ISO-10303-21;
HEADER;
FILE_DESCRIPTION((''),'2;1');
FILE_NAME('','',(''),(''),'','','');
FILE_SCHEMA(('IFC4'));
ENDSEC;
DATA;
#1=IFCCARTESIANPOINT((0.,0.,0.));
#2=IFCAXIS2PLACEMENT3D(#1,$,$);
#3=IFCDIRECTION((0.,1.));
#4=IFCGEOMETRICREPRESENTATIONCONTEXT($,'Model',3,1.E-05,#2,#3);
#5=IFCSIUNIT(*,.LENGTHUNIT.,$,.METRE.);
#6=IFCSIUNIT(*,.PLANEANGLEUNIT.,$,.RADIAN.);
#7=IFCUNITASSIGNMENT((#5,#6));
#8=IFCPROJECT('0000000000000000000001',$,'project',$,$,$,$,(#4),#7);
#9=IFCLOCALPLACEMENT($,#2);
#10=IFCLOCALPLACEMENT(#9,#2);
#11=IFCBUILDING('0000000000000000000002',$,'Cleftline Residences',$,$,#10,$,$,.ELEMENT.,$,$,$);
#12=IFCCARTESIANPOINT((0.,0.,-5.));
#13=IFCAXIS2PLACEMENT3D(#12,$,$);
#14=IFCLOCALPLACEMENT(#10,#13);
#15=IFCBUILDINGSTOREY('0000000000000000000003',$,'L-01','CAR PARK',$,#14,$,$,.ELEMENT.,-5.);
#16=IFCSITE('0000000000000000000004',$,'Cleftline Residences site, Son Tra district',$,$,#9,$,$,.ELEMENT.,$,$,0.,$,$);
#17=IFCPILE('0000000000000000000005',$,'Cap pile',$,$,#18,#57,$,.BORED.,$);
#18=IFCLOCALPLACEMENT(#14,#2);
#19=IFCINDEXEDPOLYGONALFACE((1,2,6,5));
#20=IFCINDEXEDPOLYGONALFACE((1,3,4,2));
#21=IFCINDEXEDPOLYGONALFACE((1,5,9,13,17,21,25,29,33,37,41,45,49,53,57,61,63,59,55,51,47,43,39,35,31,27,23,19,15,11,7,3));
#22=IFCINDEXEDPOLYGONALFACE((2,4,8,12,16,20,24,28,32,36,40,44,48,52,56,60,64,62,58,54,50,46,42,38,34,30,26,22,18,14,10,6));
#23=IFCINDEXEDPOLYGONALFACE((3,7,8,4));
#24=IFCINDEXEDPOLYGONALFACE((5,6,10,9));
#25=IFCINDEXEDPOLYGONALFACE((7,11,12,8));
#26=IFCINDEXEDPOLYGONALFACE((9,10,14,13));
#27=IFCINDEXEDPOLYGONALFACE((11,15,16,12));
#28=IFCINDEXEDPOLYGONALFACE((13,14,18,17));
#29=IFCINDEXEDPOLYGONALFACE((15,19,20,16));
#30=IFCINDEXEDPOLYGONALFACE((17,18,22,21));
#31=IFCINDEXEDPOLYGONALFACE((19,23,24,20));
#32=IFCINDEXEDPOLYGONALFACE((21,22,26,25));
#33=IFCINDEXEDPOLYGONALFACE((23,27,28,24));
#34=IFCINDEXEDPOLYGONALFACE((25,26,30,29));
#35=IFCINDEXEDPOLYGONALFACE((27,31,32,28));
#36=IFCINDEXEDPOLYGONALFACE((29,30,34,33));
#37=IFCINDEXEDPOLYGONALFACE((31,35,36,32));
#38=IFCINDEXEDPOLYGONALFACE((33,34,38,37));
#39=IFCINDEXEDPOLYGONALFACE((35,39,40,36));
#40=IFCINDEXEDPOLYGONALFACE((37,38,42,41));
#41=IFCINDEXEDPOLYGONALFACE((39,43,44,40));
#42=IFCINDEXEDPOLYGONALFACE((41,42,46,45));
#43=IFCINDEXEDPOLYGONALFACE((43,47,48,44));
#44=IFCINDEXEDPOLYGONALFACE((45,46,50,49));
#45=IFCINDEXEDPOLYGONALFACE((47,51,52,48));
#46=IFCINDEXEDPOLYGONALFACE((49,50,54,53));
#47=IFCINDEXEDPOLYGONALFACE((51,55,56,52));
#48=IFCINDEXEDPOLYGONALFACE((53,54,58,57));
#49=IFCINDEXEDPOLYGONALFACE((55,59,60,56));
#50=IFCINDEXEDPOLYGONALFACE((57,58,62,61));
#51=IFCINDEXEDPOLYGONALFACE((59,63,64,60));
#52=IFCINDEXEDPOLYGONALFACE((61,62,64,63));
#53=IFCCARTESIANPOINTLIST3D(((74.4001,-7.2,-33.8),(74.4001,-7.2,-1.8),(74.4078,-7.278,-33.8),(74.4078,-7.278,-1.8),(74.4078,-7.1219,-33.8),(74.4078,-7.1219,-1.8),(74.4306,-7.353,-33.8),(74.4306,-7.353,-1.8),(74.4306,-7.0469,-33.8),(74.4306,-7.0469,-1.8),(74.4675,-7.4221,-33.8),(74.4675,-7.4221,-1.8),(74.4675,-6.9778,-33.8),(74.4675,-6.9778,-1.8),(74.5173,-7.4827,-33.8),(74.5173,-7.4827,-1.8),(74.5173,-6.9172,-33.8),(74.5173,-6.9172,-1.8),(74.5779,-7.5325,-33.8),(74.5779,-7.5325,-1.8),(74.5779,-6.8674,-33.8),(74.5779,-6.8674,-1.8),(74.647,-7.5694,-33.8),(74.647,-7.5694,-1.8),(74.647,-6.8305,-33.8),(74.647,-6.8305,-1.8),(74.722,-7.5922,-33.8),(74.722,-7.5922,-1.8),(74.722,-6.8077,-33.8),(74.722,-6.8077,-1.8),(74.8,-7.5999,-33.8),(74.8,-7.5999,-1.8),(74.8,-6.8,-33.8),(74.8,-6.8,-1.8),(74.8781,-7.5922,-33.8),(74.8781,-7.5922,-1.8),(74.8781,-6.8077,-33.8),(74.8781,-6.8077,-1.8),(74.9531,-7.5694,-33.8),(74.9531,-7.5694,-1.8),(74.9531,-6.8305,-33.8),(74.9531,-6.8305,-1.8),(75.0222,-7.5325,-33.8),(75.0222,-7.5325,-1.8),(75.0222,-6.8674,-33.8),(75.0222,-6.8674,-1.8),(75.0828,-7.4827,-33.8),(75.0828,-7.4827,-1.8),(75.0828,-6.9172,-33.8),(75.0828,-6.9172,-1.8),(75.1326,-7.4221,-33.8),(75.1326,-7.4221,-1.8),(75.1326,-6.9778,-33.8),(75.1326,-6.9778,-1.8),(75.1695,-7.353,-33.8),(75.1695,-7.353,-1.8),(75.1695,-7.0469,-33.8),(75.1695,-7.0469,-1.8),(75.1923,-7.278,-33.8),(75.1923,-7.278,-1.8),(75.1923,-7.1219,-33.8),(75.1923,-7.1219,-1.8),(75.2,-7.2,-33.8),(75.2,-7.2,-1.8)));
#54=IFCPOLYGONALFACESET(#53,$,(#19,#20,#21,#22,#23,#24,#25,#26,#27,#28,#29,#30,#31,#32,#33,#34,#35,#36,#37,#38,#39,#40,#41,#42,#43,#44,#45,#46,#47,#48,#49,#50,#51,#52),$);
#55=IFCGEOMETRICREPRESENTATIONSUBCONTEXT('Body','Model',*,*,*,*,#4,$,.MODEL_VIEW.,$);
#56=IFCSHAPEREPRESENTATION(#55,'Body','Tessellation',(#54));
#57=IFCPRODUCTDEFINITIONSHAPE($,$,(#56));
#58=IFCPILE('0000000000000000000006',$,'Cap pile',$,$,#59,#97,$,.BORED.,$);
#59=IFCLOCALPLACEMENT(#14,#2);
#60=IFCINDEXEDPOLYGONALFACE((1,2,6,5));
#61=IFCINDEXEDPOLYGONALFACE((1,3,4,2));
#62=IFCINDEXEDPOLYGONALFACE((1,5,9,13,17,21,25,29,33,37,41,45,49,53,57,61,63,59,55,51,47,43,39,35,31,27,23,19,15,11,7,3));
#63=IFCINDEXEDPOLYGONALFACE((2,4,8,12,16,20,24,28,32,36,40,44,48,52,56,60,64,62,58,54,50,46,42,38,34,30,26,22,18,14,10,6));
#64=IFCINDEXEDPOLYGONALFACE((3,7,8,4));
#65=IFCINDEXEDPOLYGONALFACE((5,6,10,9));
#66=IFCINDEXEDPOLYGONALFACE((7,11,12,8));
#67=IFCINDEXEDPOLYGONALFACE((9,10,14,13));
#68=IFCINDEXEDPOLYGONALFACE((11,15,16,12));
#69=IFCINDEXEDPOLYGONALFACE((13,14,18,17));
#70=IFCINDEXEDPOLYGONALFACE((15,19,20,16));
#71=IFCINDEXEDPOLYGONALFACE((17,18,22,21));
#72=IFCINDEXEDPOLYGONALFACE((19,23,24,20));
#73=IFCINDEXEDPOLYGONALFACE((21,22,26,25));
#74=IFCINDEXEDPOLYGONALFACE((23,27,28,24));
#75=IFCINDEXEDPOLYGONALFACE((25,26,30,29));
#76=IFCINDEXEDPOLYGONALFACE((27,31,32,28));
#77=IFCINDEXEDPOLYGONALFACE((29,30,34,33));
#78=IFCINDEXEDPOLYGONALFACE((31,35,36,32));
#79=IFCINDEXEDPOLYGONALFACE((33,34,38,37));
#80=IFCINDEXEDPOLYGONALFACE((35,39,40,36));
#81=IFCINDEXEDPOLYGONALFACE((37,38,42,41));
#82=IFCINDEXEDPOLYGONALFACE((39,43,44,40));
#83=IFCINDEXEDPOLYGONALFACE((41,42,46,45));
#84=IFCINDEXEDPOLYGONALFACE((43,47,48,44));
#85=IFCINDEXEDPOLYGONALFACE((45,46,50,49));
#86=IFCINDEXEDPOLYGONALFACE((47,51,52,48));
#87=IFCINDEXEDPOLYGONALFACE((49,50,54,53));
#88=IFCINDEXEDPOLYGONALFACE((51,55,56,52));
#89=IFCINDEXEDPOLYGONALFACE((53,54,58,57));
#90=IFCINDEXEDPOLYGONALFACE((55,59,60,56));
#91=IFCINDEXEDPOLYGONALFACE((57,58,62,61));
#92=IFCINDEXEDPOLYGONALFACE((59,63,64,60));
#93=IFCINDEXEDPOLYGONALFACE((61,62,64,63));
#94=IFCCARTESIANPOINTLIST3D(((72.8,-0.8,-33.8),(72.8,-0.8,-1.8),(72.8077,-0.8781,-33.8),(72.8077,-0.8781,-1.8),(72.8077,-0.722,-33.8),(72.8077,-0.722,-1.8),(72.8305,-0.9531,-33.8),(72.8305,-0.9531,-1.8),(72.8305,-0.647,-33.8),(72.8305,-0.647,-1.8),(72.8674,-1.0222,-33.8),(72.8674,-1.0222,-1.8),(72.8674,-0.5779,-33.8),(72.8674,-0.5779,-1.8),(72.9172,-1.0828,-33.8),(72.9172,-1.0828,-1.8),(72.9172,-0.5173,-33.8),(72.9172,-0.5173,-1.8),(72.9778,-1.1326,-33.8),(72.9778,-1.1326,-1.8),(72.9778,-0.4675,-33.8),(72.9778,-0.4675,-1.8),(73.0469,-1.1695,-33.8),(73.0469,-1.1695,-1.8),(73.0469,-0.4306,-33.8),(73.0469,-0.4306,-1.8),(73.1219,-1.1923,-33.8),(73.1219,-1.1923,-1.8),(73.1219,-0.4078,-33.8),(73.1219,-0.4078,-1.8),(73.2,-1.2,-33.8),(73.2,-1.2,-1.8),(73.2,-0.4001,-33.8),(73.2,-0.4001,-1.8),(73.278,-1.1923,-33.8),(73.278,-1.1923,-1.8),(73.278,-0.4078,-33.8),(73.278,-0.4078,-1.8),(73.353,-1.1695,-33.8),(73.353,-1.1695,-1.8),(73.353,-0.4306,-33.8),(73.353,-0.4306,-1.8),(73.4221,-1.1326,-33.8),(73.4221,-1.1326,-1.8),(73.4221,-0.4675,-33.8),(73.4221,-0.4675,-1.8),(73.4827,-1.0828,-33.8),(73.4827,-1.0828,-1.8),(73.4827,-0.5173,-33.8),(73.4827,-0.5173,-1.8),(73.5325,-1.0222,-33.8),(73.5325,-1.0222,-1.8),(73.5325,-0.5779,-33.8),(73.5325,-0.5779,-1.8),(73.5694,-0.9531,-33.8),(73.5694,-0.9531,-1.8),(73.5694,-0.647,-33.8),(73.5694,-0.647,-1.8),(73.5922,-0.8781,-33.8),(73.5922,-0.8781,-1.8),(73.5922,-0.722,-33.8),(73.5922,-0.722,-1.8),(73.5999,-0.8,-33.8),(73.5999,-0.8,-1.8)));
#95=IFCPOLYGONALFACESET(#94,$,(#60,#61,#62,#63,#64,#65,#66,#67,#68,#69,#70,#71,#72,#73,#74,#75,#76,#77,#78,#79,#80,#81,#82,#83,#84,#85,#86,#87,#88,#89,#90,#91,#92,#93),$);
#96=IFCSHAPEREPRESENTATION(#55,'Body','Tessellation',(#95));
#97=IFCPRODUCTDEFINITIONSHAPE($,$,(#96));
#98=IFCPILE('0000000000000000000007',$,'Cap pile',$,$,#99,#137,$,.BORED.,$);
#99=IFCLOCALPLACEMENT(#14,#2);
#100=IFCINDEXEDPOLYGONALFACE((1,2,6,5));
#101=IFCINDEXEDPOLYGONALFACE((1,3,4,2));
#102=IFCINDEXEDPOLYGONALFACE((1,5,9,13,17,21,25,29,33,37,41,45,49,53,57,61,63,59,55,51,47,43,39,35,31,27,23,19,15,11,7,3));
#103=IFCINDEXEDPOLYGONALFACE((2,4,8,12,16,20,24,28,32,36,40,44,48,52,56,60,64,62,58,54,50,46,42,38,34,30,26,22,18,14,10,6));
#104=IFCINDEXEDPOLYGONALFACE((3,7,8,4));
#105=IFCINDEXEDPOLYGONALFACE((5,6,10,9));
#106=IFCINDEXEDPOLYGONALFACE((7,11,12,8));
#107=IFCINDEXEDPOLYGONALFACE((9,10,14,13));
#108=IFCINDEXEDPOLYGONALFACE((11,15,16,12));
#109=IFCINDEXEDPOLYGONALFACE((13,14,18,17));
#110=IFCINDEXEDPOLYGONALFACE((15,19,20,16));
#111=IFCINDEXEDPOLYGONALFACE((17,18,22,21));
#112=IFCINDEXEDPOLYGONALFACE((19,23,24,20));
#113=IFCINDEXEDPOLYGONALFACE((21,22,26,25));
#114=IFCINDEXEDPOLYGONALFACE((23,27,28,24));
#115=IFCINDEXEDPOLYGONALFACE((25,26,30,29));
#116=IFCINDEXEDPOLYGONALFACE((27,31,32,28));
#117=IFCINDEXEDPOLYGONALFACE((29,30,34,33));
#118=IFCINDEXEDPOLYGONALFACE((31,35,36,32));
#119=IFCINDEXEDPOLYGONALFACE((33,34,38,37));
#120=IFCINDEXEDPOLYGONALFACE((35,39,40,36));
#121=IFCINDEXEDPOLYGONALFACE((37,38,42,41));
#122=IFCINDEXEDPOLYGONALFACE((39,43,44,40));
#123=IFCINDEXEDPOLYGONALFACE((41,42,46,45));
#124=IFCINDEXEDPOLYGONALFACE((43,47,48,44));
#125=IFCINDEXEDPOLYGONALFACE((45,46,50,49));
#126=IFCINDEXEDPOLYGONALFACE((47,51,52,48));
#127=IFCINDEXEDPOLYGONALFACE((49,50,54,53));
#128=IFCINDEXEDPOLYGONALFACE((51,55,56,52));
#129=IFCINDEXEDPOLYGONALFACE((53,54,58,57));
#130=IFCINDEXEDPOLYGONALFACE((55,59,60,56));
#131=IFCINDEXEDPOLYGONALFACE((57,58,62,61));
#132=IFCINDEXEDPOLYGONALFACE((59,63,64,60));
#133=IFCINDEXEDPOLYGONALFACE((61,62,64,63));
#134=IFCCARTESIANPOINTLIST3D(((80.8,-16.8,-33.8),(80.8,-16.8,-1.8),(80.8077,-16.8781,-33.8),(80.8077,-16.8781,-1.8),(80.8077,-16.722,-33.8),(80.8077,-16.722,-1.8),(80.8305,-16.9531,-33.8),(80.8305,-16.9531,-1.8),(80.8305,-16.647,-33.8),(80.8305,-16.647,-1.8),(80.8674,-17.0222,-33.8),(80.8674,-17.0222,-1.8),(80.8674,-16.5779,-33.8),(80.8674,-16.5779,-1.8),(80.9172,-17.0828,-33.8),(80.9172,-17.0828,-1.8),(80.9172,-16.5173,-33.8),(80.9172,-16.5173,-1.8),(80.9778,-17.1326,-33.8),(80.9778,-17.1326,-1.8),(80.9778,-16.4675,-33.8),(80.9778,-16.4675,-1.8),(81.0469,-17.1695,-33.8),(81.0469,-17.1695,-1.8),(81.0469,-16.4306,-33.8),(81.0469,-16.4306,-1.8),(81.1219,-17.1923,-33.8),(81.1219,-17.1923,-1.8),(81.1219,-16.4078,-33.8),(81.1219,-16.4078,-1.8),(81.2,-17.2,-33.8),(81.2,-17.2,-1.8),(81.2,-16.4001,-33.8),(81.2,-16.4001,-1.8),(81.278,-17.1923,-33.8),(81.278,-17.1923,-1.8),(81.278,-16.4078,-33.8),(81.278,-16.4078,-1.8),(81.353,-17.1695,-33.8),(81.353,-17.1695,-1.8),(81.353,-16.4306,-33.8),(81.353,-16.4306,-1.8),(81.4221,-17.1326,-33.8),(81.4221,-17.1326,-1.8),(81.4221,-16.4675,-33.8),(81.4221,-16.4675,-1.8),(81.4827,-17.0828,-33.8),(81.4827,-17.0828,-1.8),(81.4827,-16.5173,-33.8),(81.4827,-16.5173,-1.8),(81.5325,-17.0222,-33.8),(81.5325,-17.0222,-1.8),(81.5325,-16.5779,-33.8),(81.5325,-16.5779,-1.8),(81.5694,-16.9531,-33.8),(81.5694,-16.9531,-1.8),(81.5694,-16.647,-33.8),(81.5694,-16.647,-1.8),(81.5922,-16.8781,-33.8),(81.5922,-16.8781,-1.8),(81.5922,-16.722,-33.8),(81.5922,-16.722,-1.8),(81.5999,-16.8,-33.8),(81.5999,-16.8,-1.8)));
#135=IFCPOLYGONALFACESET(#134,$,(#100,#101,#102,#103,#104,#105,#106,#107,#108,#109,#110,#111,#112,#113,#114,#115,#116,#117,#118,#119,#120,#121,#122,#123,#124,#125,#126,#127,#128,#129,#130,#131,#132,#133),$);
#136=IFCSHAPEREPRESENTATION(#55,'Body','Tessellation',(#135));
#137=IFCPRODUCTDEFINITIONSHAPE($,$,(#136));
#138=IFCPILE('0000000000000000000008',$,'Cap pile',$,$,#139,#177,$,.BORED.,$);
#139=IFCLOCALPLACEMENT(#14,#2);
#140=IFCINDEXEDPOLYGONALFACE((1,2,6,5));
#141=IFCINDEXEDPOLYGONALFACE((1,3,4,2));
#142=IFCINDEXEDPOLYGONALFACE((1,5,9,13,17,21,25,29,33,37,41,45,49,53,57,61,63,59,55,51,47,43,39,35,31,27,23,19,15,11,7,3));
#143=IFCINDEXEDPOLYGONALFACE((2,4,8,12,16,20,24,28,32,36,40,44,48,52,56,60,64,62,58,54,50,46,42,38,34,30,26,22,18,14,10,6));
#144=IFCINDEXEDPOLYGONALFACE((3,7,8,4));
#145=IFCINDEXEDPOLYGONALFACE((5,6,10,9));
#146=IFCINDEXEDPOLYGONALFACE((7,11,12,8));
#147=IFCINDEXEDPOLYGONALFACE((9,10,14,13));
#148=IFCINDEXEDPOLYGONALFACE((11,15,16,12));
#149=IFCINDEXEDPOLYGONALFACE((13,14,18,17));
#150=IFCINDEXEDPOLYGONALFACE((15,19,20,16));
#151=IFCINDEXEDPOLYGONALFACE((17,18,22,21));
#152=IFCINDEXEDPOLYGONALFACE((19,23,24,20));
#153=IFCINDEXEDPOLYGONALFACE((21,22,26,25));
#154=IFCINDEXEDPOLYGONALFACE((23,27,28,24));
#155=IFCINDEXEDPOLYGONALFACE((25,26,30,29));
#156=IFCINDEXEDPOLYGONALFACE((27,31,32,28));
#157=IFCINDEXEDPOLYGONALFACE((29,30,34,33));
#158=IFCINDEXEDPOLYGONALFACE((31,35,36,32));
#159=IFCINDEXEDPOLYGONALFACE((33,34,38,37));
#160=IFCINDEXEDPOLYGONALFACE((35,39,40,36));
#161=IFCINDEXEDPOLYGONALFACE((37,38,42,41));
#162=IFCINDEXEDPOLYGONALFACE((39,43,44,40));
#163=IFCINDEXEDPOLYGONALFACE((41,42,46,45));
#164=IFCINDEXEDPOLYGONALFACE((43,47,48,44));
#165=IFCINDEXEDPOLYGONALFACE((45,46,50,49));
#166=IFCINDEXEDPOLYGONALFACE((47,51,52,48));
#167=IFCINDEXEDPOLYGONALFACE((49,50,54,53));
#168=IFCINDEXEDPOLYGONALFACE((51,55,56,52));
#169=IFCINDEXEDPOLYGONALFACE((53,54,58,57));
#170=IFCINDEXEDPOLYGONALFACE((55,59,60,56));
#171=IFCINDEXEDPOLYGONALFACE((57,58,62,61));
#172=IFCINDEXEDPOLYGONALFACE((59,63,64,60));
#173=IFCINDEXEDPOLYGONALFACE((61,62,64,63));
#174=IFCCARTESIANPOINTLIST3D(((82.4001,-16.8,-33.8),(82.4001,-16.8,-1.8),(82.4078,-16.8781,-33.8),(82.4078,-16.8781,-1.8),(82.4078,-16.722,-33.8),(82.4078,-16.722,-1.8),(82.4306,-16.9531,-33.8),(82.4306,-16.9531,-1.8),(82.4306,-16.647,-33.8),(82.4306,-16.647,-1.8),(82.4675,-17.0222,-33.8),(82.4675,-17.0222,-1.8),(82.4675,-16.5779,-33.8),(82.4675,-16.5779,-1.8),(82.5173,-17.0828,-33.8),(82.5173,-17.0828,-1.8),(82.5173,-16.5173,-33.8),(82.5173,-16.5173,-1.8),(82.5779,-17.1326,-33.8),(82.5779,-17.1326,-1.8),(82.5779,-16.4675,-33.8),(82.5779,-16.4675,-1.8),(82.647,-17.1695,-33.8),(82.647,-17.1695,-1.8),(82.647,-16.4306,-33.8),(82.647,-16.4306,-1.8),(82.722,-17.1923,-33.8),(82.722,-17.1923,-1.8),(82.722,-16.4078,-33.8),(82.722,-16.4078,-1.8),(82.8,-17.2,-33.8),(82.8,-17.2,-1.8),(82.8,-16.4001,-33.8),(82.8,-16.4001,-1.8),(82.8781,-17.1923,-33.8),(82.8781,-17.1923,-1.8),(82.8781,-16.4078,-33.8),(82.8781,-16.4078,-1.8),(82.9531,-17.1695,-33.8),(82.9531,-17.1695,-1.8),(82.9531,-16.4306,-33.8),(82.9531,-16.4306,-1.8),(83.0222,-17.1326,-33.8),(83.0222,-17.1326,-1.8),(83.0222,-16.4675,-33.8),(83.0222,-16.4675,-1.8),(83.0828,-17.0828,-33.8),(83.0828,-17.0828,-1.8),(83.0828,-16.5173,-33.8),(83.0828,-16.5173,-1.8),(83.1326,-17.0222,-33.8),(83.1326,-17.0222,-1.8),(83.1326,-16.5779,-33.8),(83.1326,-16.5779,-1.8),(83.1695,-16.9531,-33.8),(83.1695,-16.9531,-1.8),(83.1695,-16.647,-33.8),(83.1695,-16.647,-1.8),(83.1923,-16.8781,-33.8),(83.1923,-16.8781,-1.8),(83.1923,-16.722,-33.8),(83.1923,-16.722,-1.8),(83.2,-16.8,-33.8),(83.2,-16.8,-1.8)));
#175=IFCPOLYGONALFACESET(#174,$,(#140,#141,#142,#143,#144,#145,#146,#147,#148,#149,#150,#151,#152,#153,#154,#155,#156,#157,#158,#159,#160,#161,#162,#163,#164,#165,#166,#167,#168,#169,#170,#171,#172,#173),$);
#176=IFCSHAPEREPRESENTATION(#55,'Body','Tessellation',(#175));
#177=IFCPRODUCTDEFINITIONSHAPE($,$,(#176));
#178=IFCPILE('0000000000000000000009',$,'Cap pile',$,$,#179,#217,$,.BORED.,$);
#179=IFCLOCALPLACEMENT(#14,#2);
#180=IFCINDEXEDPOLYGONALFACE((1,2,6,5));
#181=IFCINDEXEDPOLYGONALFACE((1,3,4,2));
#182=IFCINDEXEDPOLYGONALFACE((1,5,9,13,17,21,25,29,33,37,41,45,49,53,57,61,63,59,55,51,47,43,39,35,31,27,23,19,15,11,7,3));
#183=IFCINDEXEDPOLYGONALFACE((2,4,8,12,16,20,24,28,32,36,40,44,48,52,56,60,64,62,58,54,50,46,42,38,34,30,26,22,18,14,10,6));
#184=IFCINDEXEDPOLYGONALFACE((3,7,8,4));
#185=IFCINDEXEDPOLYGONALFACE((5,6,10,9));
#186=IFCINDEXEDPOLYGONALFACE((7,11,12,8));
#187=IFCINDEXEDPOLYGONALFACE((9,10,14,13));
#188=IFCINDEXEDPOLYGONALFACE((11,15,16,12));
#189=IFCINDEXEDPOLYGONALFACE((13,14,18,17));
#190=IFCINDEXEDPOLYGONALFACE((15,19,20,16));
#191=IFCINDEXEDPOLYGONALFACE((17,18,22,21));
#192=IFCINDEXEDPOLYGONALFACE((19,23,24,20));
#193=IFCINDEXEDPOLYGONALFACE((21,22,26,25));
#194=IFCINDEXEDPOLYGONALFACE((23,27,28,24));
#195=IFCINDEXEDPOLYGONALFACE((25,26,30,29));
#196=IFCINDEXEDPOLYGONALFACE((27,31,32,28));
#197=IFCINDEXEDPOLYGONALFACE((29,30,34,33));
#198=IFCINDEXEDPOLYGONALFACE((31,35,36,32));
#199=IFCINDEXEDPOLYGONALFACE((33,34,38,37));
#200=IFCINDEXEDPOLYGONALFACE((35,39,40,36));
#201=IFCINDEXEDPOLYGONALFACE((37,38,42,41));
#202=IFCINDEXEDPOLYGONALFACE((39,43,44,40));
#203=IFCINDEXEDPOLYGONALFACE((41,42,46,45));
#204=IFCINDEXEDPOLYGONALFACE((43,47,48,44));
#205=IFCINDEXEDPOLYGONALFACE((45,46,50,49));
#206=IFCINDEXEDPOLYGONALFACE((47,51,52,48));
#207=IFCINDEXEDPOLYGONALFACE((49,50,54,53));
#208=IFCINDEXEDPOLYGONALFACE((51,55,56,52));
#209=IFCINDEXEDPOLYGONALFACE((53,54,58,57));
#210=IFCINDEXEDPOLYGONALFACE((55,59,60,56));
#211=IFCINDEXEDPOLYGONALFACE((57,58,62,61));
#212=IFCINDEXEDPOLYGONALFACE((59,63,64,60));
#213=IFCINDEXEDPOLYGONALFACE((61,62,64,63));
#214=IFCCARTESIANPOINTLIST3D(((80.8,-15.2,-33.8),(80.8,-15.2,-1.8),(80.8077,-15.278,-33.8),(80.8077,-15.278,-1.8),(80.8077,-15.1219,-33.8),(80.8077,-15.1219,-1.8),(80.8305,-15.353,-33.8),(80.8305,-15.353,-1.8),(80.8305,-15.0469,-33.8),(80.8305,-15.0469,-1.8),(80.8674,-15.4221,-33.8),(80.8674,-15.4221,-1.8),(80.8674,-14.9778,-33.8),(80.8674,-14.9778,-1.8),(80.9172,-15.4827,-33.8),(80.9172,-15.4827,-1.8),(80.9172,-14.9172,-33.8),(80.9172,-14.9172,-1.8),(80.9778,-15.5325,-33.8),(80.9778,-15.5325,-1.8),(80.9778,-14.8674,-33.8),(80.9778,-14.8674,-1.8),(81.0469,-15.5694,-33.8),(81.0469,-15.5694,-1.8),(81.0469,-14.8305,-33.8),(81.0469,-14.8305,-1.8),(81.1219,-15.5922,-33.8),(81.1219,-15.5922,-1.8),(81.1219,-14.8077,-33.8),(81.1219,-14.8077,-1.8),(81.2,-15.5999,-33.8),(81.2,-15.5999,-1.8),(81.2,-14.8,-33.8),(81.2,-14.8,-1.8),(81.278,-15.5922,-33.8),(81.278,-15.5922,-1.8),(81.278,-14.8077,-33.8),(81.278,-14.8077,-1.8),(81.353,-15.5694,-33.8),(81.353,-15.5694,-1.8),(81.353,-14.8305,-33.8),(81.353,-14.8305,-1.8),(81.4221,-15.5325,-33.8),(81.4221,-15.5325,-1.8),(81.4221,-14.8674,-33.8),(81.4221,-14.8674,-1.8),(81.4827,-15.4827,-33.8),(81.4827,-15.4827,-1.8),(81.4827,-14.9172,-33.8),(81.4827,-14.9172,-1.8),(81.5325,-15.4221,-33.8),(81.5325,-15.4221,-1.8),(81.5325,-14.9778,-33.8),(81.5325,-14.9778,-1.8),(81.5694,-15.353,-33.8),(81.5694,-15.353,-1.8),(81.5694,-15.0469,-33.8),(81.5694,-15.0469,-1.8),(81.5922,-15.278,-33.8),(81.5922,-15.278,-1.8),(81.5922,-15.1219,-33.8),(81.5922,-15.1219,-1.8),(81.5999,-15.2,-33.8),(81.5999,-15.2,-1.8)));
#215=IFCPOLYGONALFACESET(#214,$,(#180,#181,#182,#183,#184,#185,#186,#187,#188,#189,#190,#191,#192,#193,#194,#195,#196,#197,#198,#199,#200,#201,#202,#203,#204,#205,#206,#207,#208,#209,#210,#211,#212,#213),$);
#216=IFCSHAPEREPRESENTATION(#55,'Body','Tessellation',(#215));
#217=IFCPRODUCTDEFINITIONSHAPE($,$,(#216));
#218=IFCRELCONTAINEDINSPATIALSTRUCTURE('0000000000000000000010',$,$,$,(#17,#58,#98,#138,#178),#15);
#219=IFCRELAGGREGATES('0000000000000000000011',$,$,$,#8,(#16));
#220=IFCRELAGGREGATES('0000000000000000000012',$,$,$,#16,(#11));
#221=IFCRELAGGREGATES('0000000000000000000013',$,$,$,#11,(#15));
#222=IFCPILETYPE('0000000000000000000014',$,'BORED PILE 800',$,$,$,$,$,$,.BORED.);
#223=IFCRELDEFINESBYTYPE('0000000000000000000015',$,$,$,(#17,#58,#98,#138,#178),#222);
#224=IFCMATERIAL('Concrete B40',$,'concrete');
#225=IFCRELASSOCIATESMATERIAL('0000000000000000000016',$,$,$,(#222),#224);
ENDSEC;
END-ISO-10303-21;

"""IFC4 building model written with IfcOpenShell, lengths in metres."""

from ifc_helpers import new_model, si_unit, direction, frame, origin, origin_2d, place, context, subcontext, project, spatial, circle, extrude, material, material_profile, profile_set, type_object, element, save


model = new_model("IFC4")

# Units and contexts
model_context = context("Model", 3, precision=1e-05, world=origin(), true_north=direction((0.0, 1.0)))
body_context = subcontext(model_context, "Body", "Model", "MODEL_VIEW")
ifc_project = project(units=[si_unit("LENGTHUNIT", "METRE"), si_unit("PLANEANGLEUNIT", "RADIAN")], contexts=[model_context])

# Site, building, storey
site_placement = place(None, origin())
site = spatial("IfcSite", under=ifc_project, at=site_placement, Name="Cleftline Residences site, Son Tra district", CompositionType="ELEMENT", RefElevation=0.0)
building_placement = place(site_placement, origin())
building = spatial("IfcBuilding", under=site, at=building_placement, Name="Cleftline Residences", CompositionType="ELEMENT")
storey_placement = place(building_placement, frame((0.0, 0.0, -5.0)))
storey = spatial("IfcBuildingStorey", under=building, at=storey_placement, Name="L-01", Description="CAR PARK", CompositionType="ELEMENT", Elevation=-5.0)

# Piles
ifc_material_1 = material(Name="Concrete B40", Category="concrete")
ifc_material_profile_1 = material_profile(ifc_material_1, circle(Radius=0.3999, at=origin_2d()))
ifc_profile_set_1 = profile_set([ifc_material_profile_1], Name="Concrete B40")
pile_type = type_object("IfcPileType", Name="BORED PILE 800", PredefinedType="BORED", material=ifc_profile_set_1)
for number, where, z_axis, x_axis, name in (
    (1, (74.8, -7.2, -1.8), (0.0, 0.0, -1.0), (1.0, 0.0, 0.0), "Cap pile"),
    (2, (73.2, -0.8, -1.8), (0.0, 0.0, -1.0), (1.0, 0.0, 0.0), "Cap pile"),
    (3, (81.2, -16.8, -1.8), (0.0, 0.0, -1.0), (1.0, 0.0, 0.0), "Cap pile"),
    (4, (82.8, -16.8, -1.8), (0.0, 0.0, -1.0), (1.0, 0.0, 0.0), "Cap pile"),
    (5, (81.2, -15.2, -1.8), (0.0, 0.0, -1.0), (1.0, 0.0, 0.0), "Cap pile"),
):
    element("IfcPile", number, at=place(storey_placement, frame(where, z_axis=z_axis, x_axis=x_axis)), inside=storey, type_object=pile_type, Name=name, PredefinedType="BORED", context=body_context, shape_type="SweptSolid", body=[
        extrude(circle(Radius=0.3999, at=origin_2d()), origin(), (0.0, 0.0, 1.0), 32.0),
    ])

save(model, "model.ifc")
